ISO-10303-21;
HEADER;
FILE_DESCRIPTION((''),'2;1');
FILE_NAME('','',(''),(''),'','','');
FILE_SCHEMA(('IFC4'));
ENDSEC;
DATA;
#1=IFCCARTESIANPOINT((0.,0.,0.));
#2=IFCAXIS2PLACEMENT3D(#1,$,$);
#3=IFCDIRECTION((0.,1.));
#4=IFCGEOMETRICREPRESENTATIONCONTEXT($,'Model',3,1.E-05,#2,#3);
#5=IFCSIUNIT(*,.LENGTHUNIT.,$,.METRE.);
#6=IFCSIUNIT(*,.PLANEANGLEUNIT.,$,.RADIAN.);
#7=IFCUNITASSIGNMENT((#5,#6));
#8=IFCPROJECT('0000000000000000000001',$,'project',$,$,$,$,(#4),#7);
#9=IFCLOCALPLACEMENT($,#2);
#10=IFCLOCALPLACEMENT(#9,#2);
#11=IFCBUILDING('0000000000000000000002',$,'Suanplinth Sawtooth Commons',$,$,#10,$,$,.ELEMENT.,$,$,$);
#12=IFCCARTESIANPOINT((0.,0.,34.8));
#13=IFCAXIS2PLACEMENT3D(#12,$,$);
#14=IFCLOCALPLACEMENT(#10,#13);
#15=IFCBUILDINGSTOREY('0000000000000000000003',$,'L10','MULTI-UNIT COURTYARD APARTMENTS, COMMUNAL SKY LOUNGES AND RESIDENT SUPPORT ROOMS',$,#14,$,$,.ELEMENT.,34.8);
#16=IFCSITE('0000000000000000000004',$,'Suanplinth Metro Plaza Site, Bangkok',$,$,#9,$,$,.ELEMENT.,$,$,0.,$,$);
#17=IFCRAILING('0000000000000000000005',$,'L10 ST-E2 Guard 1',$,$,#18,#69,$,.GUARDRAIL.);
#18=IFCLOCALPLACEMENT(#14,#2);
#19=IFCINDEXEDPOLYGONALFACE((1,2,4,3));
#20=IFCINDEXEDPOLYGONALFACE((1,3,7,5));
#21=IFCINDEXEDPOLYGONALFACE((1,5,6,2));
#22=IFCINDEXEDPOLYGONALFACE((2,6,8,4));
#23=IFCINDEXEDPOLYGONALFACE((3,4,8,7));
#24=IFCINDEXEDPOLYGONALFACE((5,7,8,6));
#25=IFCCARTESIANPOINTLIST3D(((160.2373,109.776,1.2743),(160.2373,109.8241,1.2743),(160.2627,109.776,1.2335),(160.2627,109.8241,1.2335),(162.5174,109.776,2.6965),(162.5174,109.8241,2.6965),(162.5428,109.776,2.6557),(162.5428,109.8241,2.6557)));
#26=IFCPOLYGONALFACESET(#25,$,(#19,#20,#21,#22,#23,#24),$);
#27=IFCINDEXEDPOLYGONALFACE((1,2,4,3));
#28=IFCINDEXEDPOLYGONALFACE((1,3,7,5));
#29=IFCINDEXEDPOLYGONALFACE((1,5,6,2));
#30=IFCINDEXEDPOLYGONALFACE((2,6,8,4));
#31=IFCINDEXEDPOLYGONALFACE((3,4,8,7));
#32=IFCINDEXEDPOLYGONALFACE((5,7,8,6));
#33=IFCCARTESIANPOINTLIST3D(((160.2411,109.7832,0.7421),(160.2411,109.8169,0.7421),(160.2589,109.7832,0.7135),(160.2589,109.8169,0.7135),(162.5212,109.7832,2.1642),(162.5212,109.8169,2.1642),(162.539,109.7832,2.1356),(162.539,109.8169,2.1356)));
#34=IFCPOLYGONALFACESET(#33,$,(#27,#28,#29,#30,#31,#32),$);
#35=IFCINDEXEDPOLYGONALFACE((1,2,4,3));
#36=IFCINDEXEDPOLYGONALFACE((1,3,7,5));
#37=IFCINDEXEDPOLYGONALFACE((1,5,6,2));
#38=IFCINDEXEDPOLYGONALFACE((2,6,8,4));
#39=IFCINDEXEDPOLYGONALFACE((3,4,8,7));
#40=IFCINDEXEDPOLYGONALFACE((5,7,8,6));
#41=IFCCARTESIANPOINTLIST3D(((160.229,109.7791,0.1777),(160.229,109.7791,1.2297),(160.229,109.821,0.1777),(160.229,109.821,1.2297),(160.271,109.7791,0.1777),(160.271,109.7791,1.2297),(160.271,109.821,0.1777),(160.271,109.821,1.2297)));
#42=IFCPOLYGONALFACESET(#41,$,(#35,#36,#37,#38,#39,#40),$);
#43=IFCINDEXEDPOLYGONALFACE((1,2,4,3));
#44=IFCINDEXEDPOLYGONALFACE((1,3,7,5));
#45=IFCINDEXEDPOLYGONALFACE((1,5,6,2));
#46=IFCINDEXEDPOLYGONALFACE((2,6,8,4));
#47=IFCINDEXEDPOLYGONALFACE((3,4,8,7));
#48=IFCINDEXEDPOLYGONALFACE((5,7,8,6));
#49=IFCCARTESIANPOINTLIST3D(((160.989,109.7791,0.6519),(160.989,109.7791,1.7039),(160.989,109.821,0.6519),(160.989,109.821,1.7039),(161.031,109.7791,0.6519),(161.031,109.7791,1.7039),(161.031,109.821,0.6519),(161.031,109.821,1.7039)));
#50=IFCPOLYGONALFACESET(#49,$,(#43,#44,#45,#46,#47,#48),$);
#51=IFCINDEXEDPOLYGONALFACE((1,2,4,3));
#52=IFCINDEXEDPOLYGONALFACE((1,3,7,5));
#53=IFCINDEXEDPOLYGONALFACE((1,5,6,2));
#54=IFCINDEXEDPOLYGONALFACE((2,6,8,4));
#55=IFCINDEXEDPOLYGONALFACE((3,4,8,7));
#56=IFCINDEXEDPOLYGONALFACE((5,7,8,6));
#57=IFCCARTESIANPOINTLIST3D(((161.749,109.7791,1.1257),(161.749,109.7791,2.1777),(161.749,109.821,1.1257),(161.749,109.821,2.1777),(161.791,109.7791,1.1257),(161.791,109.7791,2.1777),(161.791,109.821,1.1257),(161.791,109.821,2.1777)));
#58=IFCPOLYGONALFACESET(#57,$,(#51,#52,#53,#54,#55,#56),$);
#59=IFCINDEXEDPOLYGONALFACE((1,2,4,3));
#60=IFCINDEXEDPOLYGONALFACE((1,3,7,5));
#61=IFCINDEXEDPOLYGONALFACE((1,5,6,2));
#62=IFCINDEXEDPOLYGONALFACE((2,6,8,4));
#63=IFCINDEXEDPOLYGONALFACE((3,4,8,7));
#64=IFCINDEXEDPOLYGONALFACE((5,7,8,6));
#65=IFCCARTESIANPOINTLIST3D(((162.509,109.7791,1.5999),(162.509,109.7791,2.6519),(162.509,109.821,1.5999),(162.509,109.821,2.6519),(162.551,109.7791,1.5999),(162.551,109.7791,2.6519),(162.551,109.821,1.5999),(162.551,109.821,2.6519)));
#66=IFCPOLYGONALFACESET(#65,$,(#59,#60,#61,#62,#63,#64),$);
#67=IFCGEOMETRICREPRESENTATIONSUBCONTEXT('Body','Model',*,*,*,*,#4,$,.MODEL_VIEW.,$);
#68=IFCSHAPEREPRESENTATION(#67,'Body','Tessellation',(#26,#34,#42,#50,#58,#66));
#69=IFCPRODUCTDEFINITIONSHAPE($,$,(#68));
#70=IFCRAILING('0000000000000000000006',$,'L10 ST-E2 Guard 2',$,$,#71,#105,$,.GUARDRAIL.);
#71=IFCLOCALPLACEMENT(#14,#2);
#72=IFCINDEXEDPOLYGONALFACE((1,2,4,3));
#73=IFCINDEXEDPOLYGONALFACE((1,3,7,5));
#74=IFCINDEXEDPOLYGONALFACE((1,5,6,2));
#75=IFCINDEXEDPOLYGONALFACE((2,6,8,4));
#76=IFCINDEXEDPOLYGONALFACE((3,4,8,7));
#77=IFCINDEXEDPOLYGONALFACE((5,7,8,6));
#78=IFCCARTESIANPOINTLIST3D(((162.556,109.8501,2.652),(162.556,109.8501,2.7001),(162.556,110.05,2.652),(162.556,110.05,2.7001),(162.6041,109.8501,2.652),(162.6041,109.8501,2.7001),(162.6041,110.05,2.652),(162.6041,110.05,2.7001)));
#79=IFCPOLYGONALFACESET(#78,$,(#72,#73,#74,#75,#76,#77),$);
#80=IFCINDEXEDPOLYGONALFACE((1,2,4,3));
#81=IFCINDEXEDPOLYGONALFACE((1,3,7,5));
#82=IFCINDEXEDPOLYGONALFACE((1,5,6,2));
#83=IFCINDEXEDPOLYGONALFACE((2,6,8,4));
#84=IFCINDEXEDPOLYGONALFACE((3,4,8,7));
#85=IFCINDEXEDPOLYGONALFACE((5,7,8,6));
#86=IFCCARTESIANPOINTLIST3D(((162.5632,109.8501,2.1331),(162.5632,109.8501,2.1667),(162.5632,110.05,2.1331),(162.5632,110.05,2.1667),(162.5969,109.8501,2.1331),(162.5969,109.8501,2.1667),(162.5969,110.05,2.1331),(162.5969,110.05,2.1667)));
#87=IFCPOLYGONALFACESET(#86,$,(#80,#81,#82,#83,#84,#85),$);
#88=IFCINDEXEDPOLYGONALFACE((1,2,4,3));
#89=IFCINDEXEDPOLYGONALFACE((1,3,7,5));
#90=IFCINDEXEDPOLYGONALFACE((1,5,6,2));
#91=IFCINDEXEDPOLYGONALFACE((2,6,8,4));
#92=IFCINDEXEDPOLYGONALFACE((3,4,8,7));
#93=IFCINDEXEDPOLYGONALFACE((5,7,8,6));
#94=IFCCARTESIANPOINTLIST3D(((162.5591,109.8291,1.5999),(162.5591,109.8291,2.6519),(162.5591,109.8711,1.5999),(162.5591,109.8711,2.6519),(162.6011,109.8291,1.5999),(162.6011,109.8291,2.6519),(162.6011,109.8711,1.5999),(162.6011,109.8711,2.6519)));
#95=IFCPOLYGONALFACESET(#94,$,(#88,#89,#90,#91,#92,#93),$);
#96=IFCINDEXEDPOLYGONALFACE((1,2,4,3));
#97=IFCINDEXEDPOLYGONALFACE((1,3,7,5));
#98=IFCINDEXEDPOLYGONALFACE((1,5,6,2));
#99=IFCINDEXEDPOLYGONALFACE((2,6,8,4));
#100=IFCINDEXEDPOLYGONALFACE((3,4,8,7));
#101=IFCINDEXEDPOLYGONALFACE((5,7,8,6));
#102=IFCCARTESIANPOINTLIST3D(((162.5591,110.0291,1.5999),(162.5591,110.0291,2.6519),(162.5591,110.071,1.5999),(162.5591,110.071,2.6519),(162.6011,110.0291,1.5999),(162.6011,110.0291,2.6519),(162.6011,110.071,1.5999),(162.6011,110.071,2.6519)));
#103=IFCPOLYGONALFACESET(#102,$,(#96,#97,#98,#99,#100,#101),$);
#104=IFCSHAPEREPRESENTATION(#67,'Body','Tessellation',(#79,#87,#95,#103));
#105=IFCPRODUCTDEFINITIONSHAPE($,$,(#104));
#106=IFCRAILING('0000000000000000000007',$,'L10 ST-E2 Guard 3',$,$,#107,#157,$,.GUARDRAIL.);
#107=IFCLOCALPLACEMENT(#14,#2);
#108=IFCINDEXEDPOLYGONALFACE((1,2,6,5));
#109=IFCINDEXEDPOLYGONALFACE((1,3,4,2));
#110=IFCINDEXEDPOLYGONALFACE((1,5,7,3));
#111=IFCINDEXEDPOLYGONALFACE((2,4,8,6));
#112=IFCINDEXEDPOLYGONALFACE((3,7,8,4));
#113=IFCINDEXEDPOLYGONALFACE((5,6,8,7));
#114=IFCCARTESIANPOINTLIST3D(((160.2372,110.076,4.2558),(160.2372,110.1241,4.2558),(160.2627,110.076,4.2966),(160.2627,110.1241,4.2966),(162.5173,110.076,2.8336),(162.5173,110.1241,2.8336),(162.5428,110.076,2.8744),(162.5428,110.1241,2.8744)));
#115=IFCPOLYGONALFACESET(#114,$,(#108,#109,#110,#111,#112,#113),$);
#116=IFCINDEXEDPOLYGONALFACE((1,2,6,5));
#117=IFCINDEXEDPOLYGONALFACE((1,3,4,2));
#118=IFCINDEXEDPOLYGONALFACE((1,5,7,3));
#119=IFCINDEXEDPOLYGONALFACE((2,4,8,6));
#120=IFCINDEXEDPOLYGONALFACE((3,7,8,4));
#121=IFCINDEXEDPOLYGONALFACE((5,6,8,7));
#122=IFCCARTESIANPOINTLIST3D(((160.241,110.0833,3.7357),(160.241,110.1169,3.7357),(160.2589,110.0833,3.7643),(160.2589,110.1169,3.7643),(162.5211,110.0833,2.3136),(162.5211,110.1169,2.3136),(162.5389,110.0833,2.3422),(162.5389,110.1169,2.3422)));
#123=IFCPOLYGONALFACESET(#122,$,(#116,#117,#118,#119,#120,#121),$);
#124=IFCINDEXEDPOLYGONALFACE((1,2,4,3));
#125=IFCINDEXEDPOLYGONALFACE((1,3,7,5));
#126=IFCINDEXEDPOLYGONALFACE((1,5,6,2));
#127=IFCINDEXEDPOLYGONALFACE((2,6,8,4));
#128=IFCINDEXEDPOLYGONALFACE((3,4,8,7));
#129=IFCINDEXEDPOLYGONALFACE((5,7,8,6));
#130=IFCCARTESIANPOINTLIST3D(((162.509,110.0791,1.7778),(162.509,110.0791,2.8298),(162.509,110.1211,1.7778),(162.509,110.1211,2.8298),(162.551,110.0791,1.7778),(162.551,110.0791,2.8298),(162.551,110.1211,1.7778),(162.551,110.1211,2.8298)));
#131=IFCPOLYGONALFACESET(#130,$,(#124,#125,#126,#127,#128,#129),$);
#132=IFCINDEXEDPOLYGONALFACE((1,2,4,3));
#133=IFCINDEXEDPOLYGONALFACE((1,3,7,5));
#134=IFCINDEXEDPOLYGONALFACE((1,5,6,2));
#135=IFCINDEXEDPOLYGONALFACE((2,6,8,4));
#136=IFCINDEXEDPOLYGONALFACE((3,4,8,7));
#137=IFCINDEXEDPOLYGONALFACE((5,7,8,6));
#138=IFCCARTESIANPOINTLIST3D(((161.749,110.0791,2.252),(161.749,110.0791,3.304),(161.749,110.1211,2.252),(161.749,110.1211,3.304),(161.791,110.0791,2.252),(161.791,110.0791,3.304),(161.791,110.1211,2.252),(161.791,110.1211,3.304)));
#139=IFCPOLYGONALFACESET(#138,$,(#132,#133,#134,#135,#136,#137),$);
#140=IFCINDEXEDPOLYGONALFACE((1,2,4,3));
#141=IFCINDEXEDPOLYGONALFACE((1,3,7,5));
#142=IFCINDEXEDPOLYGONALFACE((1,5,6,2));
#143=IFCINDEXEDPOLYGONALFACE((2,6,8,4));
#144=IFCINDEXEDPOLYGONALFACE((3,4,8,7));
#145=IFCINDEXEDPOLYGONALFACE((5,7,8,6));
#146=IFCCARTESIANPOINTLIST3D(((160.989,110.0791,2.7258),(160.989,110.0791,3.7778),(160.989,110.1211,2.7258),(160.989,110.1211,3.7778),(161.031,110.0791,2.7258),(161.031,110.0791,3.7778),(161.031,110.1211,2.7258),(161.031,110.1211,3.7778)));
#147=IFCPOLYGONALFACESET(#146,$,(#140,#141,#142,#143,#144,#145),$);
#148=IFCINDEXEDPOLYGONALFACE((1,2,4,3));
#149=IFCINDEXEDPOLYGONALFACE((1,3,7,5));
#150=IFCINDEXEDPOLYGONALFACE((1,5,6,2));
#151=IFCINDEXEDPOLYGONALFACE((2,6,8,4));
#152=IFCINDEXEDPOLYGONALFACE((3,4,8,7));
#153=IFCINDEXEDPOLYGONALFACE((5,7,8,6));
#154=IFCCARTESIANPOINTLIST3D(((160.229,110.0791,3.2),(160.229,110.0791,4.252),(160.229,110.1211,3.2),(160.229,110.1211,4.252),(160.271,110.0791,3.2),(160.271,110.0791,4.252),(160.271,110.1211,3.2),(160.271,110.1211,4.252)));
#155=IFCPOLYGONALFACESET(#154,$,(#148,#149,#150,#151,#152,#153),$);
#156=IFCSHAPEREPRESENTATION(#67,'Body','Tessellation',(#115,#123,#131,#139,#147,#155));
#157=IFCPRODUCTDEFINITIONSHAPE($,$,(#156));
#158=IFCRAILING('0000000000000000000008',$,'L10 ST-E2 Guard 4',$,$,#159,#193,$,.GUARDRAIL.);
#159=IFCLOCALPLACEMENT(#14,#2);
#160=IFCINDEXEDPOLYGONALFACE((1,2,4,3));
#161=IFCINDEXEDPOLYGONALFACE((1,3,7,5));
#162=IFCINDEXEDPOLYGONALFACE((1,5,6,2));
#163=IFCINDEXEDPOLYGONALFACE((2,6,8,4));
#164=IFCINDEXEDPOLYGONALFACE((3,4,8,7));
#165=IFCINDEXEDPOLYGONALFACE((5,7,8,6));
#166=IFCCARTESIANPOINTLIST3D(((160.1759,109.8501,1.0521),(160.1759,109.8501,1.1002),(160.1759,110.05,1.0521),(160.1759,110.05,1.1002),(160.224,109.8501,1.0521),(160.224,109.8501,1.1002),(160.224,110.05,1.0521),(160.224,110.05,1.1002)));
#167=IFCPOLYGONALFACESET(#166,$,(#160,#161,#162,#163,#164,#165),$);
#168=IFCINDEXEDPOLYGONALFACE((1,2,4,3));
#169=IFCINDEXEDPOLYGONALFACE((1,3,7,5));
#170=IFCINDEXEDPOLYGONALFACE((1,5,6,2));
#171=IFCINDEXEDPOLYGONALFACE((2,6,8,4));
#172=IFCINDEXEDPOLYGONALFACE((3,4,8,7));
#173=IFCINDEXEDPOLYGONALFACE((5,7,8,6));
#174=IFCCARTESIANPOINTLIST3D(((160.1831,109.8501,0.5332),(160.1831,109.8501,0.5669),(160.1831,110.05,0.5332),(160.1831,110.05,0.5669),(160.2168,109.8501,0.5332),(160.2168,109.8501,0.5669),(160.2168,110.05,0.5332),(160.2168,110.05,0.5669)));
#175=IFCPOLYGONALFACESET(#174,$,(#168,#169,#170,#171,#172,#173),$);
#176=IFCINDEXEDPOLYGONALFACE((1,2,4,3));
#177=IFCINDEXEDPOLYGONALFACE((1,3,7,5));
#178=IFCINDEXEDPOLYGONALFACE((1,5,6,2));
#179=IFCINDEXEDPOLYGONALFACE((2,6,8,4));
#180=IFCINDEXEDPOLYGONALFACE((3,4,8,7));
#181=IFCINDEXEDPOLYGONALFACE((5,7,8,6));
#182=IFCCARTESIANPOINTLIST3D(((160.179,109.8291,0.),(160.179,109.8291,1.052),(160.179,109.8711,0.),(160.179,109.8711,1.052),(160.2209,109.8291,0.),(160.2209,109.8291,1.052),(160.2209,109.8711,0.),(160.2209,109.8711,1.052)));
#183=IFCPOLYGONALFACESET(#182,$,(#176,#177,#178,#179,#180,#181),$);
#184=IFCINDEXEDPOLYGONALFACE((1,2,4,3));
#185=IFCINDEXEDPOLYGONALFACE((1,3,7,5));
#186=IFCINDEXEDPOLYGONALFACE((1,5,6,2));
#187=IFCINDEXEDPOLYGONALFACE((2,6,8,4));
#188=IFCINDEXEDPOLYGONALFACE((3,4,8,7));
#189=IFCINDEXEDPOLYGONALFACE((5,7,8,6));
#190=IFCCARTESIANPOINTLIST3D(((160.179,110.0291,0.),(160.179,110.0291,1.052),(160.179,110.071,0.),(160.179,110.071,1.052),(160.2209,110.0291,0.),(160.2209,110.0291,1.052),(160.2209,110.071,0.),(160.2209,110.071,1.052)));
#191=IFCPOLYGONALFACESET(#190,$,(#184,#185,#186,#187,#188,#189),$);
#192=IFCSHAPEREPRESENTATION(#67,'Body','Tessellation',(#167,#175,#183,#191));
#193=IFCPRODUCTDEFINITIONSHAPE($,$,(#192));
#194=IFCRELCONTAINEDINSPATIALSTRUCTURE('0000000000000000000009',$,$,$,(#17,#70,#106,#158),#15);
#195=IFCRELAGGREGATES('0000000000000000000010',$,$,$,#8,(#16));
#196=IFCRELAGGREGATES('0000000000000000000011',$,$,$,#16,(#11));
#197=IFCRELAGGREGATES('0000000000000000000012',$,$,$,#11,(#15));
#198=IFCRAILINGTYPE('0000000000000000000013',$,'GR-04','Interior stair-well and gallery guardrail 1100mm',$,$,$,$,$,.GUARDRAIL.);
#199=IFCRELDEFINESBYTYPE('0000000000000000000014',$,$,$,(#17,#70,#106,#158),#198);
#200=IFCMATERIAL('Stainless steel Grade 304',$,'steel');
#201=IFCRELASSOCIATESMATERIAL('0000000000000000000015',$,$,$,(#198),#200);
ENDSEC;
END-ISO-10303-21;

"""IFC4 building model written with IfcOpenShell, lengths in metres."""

from ifc_helpers import new_model, si_unit, direction, frame, origin, origin_2d, place, context, subcontext, project, spatial, rectangle, extrude, material, type_object, element, save


model = new_model("IFC4")

# Units and contexts
model_context = context("Model", 3, precision=1e-05, world=origin(), true_north=direction((0.0, 1.0)))
body_context = subcontext(model_context, "Body", "Model", "MODEL_VIEW")
ifc_project = project(units=[si_unit("LENGTHUNIT", "METRE"), si_unit("PLANEANGLEUNIT", "RADIAN")], contexts=[model_context])

# Site, building, storey
site_placement = place(None, origin())
site = spatial("IfcSite", under=ifc_project, at=site_placement, Name="Suanplinth Metro Plaza Site, Bangkok", CompositionType="ELEMENT", RefElevation=0.0)
building_placement = place(site_placement, origin())
building = spatial("IfcBuilding", under=site, at=building_placement, Name="Suanplinth Sawtooth Commons", CompositionType="ELEMENT")
storey_placement = place(building_placement, frame((0.0, 0.0, 34.8)))
storey = spatial("IfcBuildingStorey", under=building, at=storey_placement, Name="L10", Description="MULTI-UNIT COURTYARD APARTMENTS, COMMUNAL SKY LOUNGES AND RESIDENT SUPPORT ROOMS", CompositionType="ELEMENT", Elevation=34.8)

# Railings
ifc_material_1 = material(Name="Stainless steel Grade 304", Category="steel")
railing_type_1 = type_object("IfcRailingType", Name="GR-04", Description="Interior stair-well and gallery guardrail 1100mm", PredefinedType="GUARDRAIL", material=ifc_material_1)
railing_1_placement = place(storey_placement, frame((160.25, 109.8, 0.1777)))
element("IfcRailing", 1, at=railing_1_placement, inside=storey, type_object=railing_type_1, Name="L10 ST-E2 Guard 1", PredefinedType="GUARDRAIL", context=body_context, shape_type="SweptSolid", body=[
    extrude(rectangle(XDim=0.0481, YDim=0.0481, at=origin_2d()), frame((0.0, 0.0, 1.0762), z_axis=(0.848483, 0.0, 0.529223), x_axis=(0.0, 1.0, 0.0)), (0.0, 0.0, 1.0), 2.6873),
    extrude(rectangle(XDim=0.0337, YDim=0.0337, at=origin_2d()), frame((0.0, 0.0, 0.55), z_axis=(0.848483, 0.0, 0.529223), x_axis=(0.0, 1.0, 0.0)), (0.0, 0.0, 1.0), 2.6873),
    extrude(rectangle(XDim=0.042, YDim=0.042, at=origin_2d()), origin(), (0.0, 0.0, 1.0), 1.052),
    extrude(rectangle(XDim=0.042, YDim=0.042, at=origin_2d()), frame((0.76, 0.0, 0.4741)), (0.0, 0.0, 1.0), 1.052),
    extrude(rectangle(XDim=0.042, YDim=0.042, at=origin_2d()), frame((1.52, 0.0, 0.948)), (0.0, 0.0, 1.0), 1.052),
    extrude(rectangle(XDim=0.042, YDim=0.042, at=origin_2d()), frame((2.28, 0.0, 1.4221)), (0.0, 0.0, 1.0), 1.052),
])
railing_2_placement = place(storey_placement, frame((162.5801, 109.8501, 1.5999)))
element("IfcRailing", 2, at=railing_2_placement, inside=storey, type_object=railing_type_1, Name="L10 ST-E2 Guard 2", PredefinedType="GUARDRAIL", context=body_context, shape_type="SweptSolid", body=[
    extrude(rectangle(XDim=0.0481, YDim=0.0481, at=origin_2d()), frame((0.0, 0.0, 1.0762), z_axis=(0.0, 1.0, 0.0), x_axis=(-1.0, 0.0, 0.0)), (0.0, 0.0, 1.0), 0.2),
    extrude(rectangle(XDim=0.0337, YDim=0.0337, at=origin_2d()), frame((0.0, 0.0, 0.55), z_axis=(0.0, 1.0, 0.0), x_axis=(-1.0, 0.0, 0.0)), (0.0, 0.0, 1.0), 0.2),
    extrude(rectangle(XDim=0.042, YDim=0.042, at=origin_2d()), origin(), (0.0, 0.0, 1.0), 1.052),
    extrude(rectangle(XDim=0.042, YDim=0.042, at=origin_2d()), frame((0.0, 0.2, 0.0)), (0.0, 0.0, 1.0), 1.052),
])
railing_3_placement = place(storey_placement, frame((162.53, 110.1001, 1.7778)))
element("IfcRailing", 3, at=railing_3_placement, inside=storey, type_object=railing_type_1, Name="L10 ST-E2 Guard 3", PredefinedType="GUARDRAIL", context=body_context, shape_type="SweptSolid", body=[
    extrude(rectangle(XDim=0.0481, YDim=0.0481, at=origin_2d()), frame((0.0, 0.0, 1.0762), z_axis=(-0.848483, 0.0, 0.529223), x_axis=(0.0, -1.0, 0.0)), (0.0, 0.0, 1.0), 2.6873),
    extrude(rectangle(XDim=0.0337, YDim=0.0337, at=origin_2d()), frame((0.0, 0.0, 0.55), z_axis=(-0.848483, 0.0, 0.529223), x_axis=(0.0, -1.0, 0.0)), (0.0, 0.0, 1.0), 2.6873),
    extrude(rectangle(XDim=0.042, YDim=0.042, at=origin_2d()), origin(), (0.0, 0.0, 1.0), 1.052),
    extrude(rectangle(XDim=0.042, YDim=0.042, at=origin_2d()), frame((-0.76, 0.0, 0.4741)), (0.0, 0.0, 1.0), 1.052),
    extrude(rectangle(XDim=0.042, YDim=0.042, at=origin_2d()), frame((-1.52, 0.0, 0.948)), (0.0, 0.0, 1.0), 1.052),
    extrude(rectangle(XDim=0.042, YDim=0.042, at=origin_2d()), frame((-2.28, 0.0, 1.4221)), (0.0, 0.0, 1.0), 1.052),
])
railing_4_placement = place(storey_placement, frame((160.2, 109.8501, 0.0)))
element("IfcRailing", 4, at=railing_4_placement, inside=storey, type_object=railing_type_1, Name="L10 ST-E2 Guard 4", PredefinedType="GUARDRAIL", context=body_context, shape_type="SweptSolid", body=[
    extrude(rectangle(XDim=0.0481, YDim=0.0481, at=origin_2d()), frame((0.0, 0.0, 1.0762), z_axis=(0.0, 1.0, 0.0), x_axis=(-1.0, 0.0, 0.0)), (0.0, 0.0, 1.0), 0.2),
    extrude(rectangle(XDim=0.0337, YDim=0.0337, at=origin_2d()), frame((0.0, 0.0, 0.55), z_axis=(0.0, 1.0, 0.0), x_axis=(-1.0, 0.0, 0.0)), (0.0, 0.0, 1.0), 0.2),
    extrude(rectangle(XDim=0.042, YDim=0.042, at=origin_2d()), origin(), (0.0, 0.0, 1.0), 1.052),
    extrude(rectangle(XDim=0.042, YDim=0.042, at=origin_2d()), frame((0.0, 0.2, 0.0)), (0.0, 0.0, 1.0), 1.052),
])

save(model, "model.ifc")
